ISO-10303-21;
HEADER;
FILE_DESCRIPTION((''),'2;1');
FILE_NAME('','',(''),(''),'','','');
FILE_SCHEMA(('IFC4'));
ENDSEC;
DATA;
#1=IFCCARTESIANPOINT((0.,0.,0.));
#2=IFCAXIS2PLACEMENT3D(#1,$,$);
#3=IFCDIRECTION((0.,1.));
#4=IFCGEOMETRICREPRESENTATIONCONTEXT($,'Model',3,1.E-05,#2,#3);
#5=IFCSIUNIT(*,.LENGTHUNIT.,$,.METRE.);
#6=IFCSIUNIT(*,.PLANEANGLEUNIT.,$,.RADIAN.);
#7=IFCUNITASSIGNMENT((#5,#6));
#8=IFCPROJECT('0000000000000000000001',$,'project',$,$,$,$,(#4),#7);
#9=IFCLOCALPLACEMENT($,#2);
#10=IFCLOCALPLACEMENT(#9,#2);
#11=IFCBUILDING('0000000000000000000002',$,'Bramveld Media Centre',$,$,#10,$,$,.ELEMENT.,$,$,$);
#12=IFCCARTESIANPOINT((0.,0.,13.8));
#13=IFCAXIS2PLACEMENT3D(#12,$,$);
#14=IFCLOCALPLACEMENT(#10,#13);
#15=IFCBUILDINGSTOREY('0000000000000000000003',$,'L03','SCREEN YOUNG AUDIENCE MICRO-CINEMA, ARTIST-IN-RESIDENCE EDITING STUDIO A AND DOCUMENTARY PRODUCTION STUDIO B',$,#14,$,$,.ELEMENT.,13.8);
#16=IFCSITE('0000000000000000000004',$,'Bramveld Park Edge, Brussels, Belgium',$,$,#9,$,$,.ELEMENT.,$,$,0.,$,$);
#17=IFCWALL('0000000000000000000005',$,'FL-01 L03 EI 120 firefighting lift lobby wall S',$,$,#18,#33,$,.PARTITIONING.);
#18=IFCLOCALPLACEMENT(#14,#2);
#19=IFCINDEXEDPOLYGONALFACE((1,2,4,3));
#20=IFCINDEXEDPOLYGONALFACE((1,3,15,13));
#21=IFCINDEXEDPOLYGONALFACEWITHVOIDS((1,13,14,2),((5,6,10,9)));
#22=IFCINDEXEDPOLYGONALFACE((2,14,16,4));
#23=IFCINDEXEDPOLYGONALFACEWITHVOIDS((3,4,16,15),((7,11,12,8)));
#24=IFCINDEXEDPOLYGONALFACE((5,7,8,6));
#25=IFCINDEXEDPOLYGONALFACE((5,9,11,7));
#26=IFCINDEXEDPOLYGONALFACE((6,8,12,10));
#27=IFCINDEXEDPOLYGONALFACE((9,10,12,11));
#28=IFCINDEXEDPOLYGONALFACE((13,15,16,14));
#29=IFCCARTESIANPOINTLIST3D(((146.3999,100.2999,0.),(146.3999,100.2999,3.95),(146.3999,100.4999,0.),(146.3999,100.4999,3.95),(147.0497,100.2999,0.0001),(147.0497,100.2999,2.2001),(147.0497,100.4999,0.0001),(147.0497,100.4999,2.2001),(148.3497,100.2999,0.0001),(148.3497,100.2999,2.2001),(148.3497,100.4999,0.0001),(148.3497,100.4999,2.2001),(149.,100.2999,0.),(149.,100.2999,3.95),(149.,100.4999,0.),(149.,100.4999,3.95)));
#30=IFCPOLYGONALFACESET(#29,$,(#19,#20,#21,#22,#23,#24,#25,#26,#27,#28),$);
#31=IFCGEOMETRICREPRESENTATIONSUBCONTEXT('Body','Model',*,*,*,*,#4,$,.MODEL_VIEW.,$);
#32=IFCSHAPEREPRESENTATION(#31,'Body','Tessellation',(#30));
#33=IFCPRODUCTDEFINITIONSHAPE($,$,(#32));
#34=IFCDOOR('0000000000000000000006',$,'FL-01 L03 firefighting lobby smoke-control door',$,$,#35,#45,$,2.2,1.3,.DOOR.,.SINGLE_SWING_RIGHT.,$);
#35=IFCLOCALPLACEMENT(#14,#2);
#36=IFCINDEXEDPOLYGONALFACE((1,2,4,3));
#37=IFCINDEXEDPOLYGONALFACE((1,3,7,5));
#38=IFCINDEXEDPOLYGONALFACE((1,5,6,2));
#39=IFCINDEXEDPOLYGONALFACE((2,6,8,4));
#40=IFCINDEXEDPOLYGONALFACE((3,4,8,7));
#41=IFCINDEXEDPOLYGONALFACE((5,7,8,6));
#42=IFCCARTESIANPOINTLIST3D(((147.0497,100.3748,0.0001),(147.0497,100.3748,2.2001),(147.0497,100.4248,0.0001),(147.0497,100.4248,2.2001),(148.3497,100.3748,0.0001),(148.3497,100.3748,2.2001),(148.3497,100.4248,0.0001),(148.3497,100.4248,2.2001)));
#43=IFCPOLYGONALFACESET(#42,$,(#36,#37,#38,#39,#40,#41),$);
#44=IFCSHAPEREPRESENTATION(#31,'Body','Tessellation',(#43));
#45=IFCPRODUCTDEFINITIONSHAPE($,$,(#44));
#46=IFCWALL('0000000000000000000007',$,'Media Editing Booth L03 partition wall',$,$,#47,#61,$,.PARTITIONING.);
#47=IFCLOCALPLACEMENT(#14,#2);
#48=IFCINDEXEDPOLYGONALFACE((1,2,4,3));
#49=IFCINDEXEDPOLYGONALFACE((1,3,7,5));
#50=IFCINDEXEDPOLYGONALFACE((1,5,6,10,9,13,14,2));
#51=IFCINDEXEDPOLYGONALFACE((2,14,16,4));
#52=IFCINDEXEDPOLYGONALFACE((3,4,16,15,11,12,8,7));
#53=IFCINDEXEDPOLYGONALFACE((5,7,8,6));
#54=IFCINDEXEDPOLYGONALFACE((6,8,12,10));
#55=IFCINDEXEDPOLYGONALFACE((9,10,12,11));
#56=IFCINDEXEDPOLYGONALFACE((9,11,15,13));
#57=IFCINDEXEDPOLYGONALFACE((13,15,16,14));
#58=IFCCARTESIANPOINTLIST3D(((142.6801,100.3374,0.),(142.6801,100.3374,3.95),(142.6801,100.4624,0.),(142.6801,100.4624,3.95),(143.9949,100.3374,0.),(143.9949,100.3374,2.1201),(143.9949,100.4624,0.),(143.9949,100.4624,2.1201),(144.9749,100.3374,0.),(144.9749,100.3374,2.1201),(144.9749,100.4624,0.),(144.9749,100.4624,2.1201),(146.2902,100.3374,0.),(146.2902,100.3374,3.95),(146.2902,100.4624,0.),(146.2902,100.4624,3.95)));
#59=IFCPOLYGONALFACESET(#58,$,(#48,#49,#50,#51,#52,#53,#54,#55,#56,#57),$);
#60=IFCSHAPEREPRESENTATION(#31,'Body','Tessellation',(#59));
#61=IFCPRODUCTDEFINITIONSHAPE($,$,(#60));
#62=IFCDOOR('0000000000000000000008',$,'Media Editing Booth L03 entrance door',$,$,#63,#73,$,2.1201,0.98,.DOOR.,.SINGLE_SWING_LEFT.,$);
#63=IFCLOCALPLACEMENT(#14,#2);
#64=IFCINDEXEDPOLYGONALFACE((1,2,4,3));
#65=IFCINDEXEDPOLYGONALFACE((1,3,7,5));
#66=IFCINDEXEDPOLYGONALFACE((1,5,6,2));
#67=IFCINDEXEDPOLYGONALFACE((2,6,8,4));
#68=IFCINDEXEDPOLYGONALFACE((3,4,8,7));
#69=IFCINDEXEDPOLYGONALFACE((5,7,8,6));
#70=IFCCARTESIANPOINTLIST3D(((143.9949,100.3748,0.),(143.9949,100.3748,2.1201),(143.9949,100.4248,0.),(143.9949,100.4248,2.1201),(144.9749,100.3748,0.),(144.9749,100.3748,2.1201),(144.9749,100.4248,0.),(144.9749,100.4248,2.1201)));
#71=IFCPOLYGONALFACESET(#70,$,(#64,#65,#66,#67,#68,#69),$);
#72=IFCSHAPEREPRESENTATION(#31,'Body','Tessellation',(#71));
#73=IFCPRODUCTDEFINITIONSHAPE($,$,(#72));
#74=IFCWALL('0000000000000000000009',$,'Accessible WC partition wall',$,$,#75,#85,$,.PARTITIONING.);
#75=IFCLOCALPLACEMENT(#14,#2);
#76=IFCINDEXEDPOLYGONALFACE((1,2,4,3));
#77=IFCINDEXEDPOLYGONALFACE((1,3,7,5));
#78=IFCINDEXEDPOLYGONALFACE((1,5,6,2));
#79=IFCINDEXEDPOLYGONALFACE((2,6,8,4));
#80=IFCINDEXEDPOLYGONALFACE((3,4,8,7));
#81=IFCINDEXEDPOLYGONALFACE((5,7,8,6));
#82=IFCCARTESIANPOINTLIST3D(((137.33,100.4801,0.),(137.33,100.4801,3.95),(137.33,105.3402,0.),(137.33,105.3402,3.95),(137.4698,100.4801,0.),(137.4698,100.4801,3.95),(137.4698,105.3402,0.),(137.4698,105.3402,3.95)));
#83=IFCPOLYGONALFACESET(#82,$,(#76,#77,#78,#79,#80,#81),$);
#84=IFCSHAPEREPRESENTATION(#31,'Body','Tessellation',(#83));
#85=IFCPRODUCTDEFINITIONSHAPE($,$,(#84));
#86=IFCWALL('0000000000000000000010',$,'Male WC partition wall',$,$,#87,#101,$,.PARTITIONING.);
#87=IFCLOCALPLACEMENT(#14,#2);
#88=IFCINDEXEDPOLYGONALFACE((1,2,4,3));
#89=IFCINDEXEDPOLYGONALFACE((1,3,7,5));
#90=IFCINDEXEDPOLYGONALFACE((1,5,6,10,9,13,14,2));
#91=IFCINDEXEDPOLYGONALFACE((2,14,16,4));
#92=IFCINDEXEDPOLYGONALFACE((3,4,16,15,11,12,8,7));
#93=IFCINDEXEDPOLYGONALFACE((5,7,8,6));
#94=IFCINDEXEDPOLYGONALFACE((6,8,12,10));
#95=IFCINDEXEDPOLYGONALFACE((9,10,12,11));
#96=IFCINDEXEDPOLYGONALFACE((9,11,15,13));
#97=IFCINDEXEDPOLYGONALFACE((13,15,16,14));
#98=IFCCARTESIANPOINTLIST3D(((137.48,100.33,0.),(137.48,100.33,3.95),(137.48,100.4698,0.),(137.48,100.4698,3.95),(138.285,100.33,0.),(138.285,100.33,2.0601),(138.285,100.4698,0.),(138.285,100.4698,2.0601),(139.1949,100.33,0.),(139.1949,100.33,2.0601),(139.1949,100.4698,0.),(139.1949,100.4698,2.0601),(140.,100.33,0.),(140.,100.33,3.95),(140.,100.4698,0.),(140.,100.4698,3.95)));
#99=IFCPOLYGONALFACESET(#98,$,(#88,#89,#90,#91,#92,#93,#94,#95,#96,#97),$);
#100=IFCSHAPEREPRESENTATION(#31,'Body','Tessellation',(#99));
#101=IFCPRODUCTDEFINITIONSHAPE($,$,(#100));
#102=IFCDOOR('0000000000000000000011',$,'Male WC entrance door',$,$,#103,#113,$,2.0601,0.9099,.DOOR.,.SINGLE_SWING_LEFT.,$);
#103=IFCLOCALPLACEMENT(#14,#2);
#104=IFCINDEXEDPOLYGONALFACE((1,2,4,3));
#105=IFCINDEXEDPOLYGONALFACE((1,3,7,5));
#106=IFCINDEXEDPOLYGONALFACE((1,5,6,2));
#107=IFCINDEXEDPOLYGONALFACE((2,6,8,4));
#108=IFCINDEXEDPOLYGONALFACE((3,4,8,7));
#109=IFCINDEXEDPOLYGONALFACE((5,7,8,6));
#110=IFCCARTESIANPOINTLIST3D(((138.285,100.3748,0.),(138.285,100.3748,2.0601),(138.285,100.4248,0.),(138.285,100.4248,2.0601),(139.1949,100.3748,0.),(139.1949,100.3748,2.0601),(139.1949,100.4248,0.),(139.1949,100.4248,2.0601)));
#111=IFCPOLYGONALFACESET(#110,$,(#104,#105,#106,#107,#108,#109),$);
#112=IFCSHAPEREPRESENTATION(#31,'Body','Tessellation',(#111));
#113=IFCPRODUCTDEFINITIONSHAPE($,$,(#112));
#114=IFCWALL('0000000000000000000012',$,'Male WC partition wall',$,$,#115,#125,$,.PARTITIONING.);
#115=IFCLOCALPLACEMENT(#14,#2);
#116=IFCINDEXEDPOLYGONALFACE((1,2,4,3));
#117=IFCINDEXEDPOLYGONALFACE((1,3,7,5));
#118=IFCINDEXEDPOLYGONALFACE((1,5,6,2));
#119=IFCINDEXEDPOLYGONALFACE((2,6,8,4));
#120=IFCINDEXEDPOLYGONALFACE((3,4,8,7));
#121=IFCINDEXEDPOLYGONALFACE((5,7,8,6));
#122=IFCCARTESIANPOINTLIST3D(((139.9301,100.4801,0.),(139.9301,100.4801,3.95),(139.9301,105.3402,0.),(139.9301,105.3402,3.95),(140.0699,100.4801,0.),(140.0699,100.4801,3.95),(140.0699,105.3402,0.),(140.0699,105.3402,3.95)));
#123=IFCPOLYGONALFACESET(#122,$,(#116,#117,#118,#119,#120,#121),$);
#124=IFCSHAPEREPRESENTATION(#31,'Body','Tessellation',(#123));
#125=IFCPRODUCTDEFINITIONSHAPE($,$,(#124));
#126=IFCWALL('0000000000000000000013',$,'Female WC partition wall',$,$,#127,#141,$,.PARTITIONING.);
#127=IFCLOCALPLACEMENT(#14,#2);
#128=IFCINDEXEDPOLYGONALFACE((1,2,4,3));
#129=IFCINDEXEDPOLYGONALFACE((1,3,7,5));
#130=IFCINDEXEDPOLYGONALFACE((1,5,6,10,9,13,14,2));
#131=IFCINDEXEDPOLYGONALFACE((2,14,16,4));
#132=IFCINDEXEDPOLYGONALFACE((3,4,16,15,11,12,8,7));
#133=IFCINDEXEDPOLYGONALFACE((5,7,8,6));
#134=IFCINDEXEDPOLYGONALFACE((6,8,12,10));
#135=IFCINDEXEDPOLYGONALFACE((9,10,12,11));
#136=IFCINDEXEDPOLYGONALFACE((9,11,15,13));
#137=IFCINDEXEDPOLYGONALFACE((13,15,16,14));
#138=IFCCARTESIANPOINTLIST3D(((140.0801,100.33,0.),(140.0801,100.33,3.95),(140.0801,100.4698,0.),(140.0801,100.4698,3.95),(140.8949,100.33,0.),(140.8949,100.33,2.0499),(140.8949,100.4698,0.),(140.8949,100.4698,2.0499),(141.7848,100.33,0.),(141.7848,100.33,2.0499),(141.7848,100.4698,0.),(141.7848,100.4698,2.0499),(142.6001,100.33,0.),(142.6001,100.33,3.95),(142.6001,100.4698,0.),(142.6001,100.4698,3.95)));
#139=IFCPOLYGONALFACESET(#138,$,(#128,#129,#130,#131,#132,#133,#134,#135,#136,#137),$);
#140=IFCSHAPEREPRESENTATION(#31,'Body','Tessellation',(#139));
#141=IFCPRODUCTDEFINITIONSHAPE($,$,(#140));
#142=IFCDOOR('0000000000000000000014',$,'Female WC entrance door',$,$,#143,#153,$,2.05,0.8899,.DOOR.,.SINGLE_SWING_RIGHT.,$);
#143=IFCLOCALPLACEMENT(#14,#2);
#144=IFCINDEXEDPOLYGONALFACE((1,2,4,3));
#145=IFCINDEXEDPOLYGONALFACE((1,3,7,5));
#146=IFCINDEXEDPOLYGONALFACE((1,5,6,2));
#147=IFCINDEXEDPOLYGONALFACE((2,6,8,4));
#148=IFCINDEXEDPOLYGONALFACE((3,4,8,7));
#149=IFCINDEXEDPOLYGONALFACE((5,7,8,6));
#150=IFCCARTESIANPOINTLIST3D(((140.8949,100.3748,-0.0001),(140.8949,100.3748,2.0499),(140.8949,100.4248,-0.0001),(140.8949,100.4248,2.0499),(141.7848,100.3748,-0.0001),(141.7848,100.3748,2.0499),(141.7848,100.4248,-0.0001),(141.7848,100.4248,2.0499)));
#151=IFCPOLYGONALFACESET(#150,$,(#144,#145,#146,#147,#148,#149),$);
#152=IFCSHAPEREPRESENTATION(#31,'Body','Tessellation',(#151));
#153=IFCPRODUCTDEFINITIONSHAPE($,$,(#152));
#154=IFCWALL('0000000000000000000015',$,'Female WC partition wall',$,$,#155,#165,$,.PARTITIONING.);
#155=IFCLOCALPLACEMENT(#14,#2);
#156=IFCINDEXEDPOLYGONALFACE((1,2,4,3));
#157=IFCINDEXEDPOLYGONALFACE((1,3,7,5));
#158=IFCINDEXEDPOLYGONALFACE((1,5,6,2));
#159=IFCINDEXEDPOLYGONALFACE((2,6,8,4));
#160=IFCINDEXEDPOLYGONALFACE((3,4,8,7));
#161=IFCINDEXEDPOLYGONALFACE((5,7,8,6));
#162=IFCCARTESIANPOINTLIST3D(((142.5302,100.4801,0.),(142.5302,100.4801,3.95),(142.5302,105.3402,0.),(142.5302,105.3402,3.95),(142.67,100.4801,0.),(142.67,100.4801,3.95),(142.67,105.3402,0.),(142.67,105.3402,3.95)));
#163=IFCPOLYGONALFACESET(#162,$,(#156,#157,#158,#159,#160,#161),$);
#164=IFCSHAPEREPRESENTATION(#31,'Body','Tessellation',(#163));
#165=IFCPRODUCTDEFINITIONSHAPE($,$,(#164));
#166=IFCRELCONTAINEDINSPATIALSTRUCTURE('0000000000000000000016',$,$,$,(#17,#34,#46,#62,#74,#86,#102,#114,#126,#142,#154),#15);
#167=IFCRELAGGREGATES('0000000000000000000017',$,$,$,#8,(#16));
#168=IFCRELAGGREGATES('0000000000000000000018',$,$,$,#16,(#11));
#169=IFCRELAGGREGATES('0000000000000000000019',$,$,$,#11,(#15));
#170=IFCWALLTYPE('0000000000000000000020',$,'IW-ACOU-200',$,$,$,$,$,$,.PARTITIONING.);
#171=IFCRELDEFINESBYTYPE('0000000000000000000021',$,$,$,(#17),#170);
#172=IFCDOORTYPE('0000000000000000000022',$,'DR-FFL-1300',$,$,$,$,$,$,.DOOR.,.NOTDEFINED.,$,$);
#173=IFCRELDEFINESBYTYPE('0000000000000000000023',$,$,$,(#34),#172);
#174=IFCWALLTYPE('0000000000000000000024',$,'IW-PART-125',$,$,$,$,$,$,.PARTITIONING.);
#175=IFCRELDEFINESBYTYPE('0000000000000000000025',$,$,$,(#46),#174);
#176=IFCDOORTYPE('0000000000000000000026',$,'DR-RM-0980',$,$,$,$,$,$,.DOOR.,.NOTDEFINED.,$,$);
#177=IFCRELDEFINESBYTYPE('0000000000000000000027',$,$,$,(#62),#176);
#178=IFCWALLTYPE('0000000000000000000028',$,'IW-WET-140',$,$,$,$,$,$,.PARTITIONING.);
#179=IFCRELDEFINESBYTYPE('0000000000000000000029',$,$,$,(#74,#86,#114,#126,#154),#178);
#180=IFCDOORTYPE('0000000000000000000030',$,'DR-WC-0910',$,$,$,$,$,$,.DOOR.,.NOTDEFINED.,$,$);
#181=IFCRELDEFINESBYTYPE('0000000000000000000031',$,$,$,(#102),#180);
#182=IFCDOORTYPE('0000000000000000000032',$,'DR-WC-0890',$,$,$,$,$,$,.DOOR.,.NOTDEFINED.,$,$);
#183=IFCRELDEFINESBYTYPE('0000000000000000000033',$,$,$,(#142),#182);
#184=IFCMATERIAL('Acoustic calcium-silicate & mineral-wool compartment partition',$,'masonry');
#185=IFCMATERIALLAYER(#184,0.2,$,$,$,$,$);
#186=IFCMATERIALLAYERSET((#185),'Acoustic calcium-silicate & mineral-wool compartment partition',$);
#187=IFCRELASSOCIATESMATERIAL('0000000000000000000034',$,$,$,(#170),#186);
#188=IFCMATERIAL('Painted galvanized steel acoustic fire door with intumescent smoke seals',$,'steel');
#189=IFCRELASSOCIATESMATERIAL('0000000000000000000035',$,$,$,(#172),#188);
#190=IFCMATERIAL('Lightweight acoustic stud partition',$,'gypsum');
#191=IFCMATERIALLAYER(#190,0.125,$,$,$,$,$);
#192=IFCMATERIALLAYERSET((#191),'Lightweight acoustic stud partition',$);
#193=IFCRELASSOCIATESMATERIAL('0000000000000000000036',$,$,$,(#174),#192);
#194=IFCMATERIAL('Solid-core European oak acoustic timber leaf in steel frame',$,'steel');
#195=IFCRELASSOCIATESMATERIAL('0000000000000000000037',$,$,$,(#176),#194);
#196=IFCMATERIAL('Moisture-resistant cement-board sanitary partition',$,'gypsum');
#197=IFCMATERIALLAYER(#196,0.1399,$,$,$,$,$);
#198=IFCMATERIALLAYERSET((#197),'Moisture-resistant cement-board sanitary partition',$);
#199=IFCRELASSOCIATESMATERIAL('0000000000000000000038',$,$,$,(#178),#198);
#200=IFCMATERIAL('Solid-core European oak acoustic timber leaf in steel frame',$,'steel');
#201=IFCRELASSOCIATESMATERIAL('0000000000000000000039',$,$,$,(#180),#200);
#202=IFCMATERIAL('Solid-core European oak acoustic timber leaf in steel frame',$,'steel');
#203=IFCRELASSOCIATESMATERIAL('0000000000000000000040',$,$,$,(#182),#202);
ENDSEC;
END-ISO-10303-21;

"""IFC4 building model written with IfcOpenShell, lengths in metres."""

from ifc_helpers import new_model, si_unit, direction, frame, frame_2d, origin, place, context, subcontext, project, spatial, rectangle, extrude, material, layer, layer_set, type_object, element, fill, save


model = new_model("IFC4")

# Units and contexts
model_context = context("Model", 3, precision=1e-05, world=origin(), true_north=direction((0.0, 1.0)))
body_context = subcontext(model_context, "Body", "Model", "MODEL_VIEW")
ifc_project = project(units=[si_unit("LENGTHUNIT", "METRE"), si_unit("PLANEANGLEUNIT", "RADIAN")], contexts=[model_context])

# Site, building, storey
site_placement = place(None, origin())
site = spatial("IfcSite", under=ifc_project, at=site_placement, Name="Bramveld Park Edge, Brussels, Belgium", CompositionType="ELEMENT", RefElevation=0.0)
building_placement = place(site_placement, origin())
building = spatial("IfcBuilding", under=site, at=building_placement, Name="Bramveld Media Centre", CompositionType="ELEMENT")
storey_placement = place(building_placement, frame((0.0, 0.0, 13.8)))
storey = spatial("IfcBuildingStorey", under=building, at=storey_placement, Name="L03", Description="SCREEN YOUNG AUDIENCE MICRO-CINEMA, ARTIST-IN-RESIDENCE EDITING STUDIO A AND DOCUMENTARY PRODUCTION STUDIO B", CompositionType="ELEMENT", Elevation=13.8)

# Walls, openings, doors
ifc_material_1 = material(Name="Acoustic calcium-silicate & mineral-wool compartment partition", Category="masonry")
ifc_layer_1 = layer(ifc_material_1, 0.2)
ifc_layer_set_1 = layer_set([ifc_layer_1], Name="Acoustic calcium-silicate & mineral-wool compartment partition")
wall_type_1 = type_object("IfcWallType", Name="IW-ACOU-200", PredefinedType="PARTITIONING", material=ifc_layer_set_1)
wall_1_placement = place(storey_placement, frame((146.3999, 100.3999, 0.0), z_axis=(0.0, 0.0, 1.0), x_axis=(1.0, 0.0, 0.0)))
wall_1 = element("IfcWall", 1, at=wall_1_placement, inside=storey, type_object=wall_type_1, Name="FL-01 L03 EI 120 firefighting lift lobby wall S", PredefinedType="PARTITIONING", context=body_context, shape_type="SweptSolid", body=[
    extrude(rectangle(XDim=2.6001, YDim=0.2, at=frame_2d((1.3, 0.0))), origin(), (0.0, 0.0, 1.0), 3.95),
])
opening_1_placement = place(wall_1_placement, frame((0.6499, 0.0, 0.0)))
opening_1 = element("IfcOpeningElement", 2, at=opening_1_placement, cuts=wall_1, PredefinedType="OPENING", context=body_context, shape_type="SweptSolid", body=[
    extrude(rectangle(XDim=1.3, YDim=2.2, at=frame_2d((0.6499, 1.1001))), frame((0.0, 0.1118, 0.0), z_axis=(0.0, -1.0, 0.0), x_axis=(1.0, 0.0, 0.0)), (0.0, 0.0, 1.0), 0.2239),
])
ifc_material_2 = material(Name="Painted galvanized steel acoustic fire door with intumescent smoke seals", Category="steel")
door_type_1 = type_object("IfcDoorType", Name="DR-FFL-1300", OperationType="NOTDEFINED", PredefinedType="DOOR", material=ifc_material_2)
door_1_placement = place(opening_1_placement, origin())
door_1 = element("IfcDoor", 3, at=door_1_placement, inside=storey, type_object=door_type_1, Name="FL-01 L03 firefighting lobby smoke-control door", OperationType="SINGLE_SWING_RIGHT", OverallHeight=2.2, OverallWidth=1.3, PredefinedType="DOOR", context=body_context, shape_type="SweptSolid", body=[
    extrude(rectangle(XDim=1.3, YDim=2.2, at=frame_2d((0.6499, 1.1001))), frame((0.0, 0.0249, 0.0), z_axis=(0.0, -1.0, 0.0), x_axis=(1.0, 0.0, 0.0)), (0.0, 0.0, 1.0), 0.05),
])
fill(opening_1, door_1)
ifc_material_3 = material(Name="Lightweight acoustic stud partition", Category="gypsum")
ifc_layer_2 = layer(ifc_material_3, 0.125)
ifc_layer_set_2 = layer_set([ifc_layer_2], Name="Lightweight acoustic stud partition")
wall_type_2 = type_object("IfcWallType", Name="IW-PART-125", PredefinedType="PARTITIONING", material=ifc_layer_set_2)
wall_2_placement = place(storey_placement, frame((142.6799, 100.3999, 0.0), z_axis=(0.0, 0.0, 1.0), x_axis=(1.0, 0.0, 0.0)))
wall_2 = element("IfcWall", 4, at=wall_2_placement, inside=storey, type_object=wall_type_2, Name="Media Editing Booth L03 partition wall", PredefinedType="PARTITIONING", context=body_context, shape_type="SweptSolid", body=[
    extrude(rectangle(XDim=3.6101, YDim=0.125, at=frame_2d((1.8052, 0.0))), origin(), (0.0, 0.0, 1.0), 3.95),
])
opening_2_placement = place(wall_2_placement, frame((1.3149, 0.0, 0.0)))
opening_2 = element("IfcOpeningElement", 5, at=opening_2_placement, cuts=wall_2, PredefinedType="OPENING", context=body_context, shape_type="SweptSolid", body=[
    extrude(rectangle(XDim=0.98, YDim=2.1201, at=frame_2d((0.49, 1.0601))), frame((0.0, 0.0745, 0.0), z_axis=(0.0, -1.0, 0.0), x_axis=(1.0, 0.0, 0.0)), (0.0, 0.0, 1.0), 0.1489),
])
ifc_material_4 = material(Name="Solid-core European oak acoustic timber leaf in steel frame", Category="steel")
door_type_2 = type_object("IfcDoorType", Name="DR-RM-0980", OperationType="NOTDEFINED", PredefinedType="DOOR", material=ifc_material_4)
door_2_placement = place(opening_2_placement, origin())
door_2 = element("IfcDoor", 6, at=door_2_placement, inside=storey, type_object=door_type_2, Name="Media Editing Booth L03 entrance door", OperationType="SINGLE_SWING_LEFT", OverallHeight=2.1201, OverallWidth=0.98, PredefinedType="DOOR", context=body_context, shape_type="SweptSolid", body=[
    extrude(rectangle(XDim=0.98, YDim=2.1201, at=frame_2d((0.49, 1.0601))), frame((0.0, 0.0249, 0.0), z_axis=(0.0, -1.0, 0.0), x_axis=(1.0, 0.0, 0.0)), (0.0, 0.0, 1.0), 0.05),
])
fill(opening_2, door_2)

# Wall
ifc_material_5 = material(Name="Moisture-resistant cement-board sanitary partition", Category="gypsum")
ifc_layer_3 = layer(ifc_material_5, 0.1399)
ifc_layer_set_3 = layer_set([ifc_layer_3], Name="Moisture-resistant cement-board sanitary partition")
wall_type_3 = type_object("IfcWallType", Name="IW-WET-140", PredefinedType="PARTITIONING", material=ifc_layer_set_3)
wall_3_placement = place(storey_placement, frame((137.3999, 100.48, 0.0), z_axis=(0.0, 0.0, 1.0), x_axis=(0.0, 1.0, 0.0)))
element("IfcWall", 7, at=wall_3_placement, inside=storey, type_object=wall_type_3, Name="Accessible WC partition wall", PredefinedType="PARTITIONING", context=body_context, shape_type="SweptSolid", body=[
    extrude(rectangle(XDim=4.8601, YDim=0.1399, at=frame_2d((2.4302, 0.0))), origin(), (0.0, 0.0, 1.0), 3.95),
])

# Wall, opening, door
wall_4_placement = place(storey_placement, frame((137.48, 100.3999, 0.0), z_axis=(0.0, 0.0, 1.0), x_axis=(1.0, 0.0, 0.0)))
wall_4 = element("IfcWall", 8, at=wall_4_placement, inside=storey, type_object=wall_type_3, Name="Male WC partition wall", PredefinedType="PARTITIONING", context=body_context, shape_type="SweptSolid", body=[
    extrude(rectangle(XDim=2.52, YDim=0.1399, at=frame_2d((1.26, 0.0))), origin(), (0.0, 0.0, 1.0), 3.95),
])
opening_3_placement = place(wall_4_placement, frame((0.8049, 0.0, 0.0)))
opening_3 = element("IfcOpeningElement", 9, at=opening_3_placement, cuts=wall_4, PredefinedType="OPENING", context=body_context, shape_type="SweptSolid", body=[
    extrude(rectangle(XDim=0.9099, YDim=2.0601, at=frame_2d((0.4551, 1.03))), frame((0.0, 0.082, 0.0), z_axis=(0.0, -1.0, 0.0), x_axis=(1.0, 0.0, 0.0)), (0.0, 0.0, 1.0), 0.1638),
])
ifc_material_6 = material(Name="Solid-core European oak acoustic timber leaf in steel frame", Category="steel")
door_type_3 = type_object("IfcDoorType", Name="DR-WC-0910", OperationType="NOTDEFINED", PredefinedType="DOOR", material=ifc_material_6)
door_3_placement = place(opening_3_placement, origin())
door_3 = element("IfcDoor", 10, at=door_3_placement, inside=storey, type_object=door_type_3, Name="Male WC entrance door", OperationType="SINGLE_SWING_LEFT", OverallHeight=2.0601, OverallWidth=0.9099, PredefinedType="DOOR", context=body_context, shape_type="SweptSolid", body=[
    extrude(rectangle(XDim=0.9099, YDim=2.0601, at=frame_2d((0.4551, 1.03))), frame((0.0, 0.0249, 0.0), z_axis=(0.0, -1.0, 0.0), x_axis=(1.0, 0.0, 0.0)), (0.0, 0.0, 1.0), 0.05),
])
fill(opening_3, door_3)

# Wall
wall_5_placement = place(storey_placement, frame((140.0, 100.48, 0.0), z_axis=(0.0, 0.0, 1.0), x_axis=(0.0, 1.0, 0.0)))
element("IfcWall", 11, at=wall_5_placement, inside=storey, type_object=wall_type_3, Name="Male WC partition wall", PredefinedType="PARTITIONING", context=body_context, shape_type="SweptSolid", body=[
    extrude(rectangle(XDim=4.8601, YDim=0.1399, at=frame_2d((2.4302, 0.0))), origin(), (0.0, 0.0, 1.0), 3.95),
])

# Wall, opening, door
wall_6_placement = place(storey_placement, frame((140.0801, 100.3999, 0.0), z_axis=(0.0, 0.0, 1.0), x_axis=(1.0, 0.0, 0.0)))
wall_6 = element("IfcWall", 12, at=wall_6_placement, inside=storey, type_object=wall_type_3, Name="Female WC partition wall", PredefinedType="PARTITIONING", context=body_context, shape_type="SweptSolid", body=[
    extrude(rectangle(XDim=2.52, YDim=0.1399, at=frame_2d((1.26, 0.0))), origin(), (0.0, 0.0, 1.0), 3.95),
])
opening_4_placement = place(wall_6_placement, frame((0.8149, 0.0, 0.0)))
opening_4 = element("IfcOpeningElement", 13, at=opening_4_placement, cuts=wall_6, PredefinedType="OPENING", context=body_context, shape_type="SweptSolid", body=[
    extrude(rectangle(XDim=0.8899, YDim=2.05, at=frame_2d((0.4448, 1.0249))), frame((0.0, 0.082, 0.0), z_axis=(0.0, -1.0, 0.0), x_axis=(1.0, 0.0, 0.0)), (0.0, 0.0, 1.0), 0.1638),
])
ifc_material_7 = material(Name="Solid-core European oak acoustic timber leaf in steel frame", Category="steel")
door_type_4 = type_object("IfcDoorType", Name="DR-WC-0890", OperationType="NOTDEFINED", PredefinedType="DOOR", material=ifc_material_7)
door_4_placement = place(opening_4_placement, origin())
door_4 = element("IfcDoor", 14, at=door_4_placement, inside=storey, type_object=door_type_4, Name="Female WC entrance door", OperationType="SINGLE_SWING_RIGHT", OverallHeight=2.05, OverallWidth=0.8899, PredefinedType="DOOR", context=body_context, shape_type="SweptSolid", body=[
    extrude(rectangle(XDim=0.8899, YDim=2.05, at=frame_2d((0.4448, 1.0249))), frame((0.0, 0.0249, 0.0), z_axis=(0.0, -1.0, 0.0), x_axis=(1.0, 0.0, 0.0)), (0.0, 0.0, 1.0), 0.05),
])
fill(opening_4, door_4)

# Wall
wall_7_placement = place(storey_placement, frame((142.6001, 100.48, 0.0), z_axis=(0.0, 0.0, 1.0), x_axis=(0.0, 1.0, 0.0)))
element("IfcWall", 15, at=wall_7_placement, inside=storey, type_object=wall_type_3, Name="Female WC partition wall", PredefinedType="PARTITIONING", context=body_context, shape_type="SweptSolid", body=[
    extrude(rectangle(XDim=4.8601, YDim=0.1399, at=frame_2d((2.4302, 0.0))), origin(), (0.0, 0.0, 1.0), 3.95),
])

save(model, "model.ifc")
